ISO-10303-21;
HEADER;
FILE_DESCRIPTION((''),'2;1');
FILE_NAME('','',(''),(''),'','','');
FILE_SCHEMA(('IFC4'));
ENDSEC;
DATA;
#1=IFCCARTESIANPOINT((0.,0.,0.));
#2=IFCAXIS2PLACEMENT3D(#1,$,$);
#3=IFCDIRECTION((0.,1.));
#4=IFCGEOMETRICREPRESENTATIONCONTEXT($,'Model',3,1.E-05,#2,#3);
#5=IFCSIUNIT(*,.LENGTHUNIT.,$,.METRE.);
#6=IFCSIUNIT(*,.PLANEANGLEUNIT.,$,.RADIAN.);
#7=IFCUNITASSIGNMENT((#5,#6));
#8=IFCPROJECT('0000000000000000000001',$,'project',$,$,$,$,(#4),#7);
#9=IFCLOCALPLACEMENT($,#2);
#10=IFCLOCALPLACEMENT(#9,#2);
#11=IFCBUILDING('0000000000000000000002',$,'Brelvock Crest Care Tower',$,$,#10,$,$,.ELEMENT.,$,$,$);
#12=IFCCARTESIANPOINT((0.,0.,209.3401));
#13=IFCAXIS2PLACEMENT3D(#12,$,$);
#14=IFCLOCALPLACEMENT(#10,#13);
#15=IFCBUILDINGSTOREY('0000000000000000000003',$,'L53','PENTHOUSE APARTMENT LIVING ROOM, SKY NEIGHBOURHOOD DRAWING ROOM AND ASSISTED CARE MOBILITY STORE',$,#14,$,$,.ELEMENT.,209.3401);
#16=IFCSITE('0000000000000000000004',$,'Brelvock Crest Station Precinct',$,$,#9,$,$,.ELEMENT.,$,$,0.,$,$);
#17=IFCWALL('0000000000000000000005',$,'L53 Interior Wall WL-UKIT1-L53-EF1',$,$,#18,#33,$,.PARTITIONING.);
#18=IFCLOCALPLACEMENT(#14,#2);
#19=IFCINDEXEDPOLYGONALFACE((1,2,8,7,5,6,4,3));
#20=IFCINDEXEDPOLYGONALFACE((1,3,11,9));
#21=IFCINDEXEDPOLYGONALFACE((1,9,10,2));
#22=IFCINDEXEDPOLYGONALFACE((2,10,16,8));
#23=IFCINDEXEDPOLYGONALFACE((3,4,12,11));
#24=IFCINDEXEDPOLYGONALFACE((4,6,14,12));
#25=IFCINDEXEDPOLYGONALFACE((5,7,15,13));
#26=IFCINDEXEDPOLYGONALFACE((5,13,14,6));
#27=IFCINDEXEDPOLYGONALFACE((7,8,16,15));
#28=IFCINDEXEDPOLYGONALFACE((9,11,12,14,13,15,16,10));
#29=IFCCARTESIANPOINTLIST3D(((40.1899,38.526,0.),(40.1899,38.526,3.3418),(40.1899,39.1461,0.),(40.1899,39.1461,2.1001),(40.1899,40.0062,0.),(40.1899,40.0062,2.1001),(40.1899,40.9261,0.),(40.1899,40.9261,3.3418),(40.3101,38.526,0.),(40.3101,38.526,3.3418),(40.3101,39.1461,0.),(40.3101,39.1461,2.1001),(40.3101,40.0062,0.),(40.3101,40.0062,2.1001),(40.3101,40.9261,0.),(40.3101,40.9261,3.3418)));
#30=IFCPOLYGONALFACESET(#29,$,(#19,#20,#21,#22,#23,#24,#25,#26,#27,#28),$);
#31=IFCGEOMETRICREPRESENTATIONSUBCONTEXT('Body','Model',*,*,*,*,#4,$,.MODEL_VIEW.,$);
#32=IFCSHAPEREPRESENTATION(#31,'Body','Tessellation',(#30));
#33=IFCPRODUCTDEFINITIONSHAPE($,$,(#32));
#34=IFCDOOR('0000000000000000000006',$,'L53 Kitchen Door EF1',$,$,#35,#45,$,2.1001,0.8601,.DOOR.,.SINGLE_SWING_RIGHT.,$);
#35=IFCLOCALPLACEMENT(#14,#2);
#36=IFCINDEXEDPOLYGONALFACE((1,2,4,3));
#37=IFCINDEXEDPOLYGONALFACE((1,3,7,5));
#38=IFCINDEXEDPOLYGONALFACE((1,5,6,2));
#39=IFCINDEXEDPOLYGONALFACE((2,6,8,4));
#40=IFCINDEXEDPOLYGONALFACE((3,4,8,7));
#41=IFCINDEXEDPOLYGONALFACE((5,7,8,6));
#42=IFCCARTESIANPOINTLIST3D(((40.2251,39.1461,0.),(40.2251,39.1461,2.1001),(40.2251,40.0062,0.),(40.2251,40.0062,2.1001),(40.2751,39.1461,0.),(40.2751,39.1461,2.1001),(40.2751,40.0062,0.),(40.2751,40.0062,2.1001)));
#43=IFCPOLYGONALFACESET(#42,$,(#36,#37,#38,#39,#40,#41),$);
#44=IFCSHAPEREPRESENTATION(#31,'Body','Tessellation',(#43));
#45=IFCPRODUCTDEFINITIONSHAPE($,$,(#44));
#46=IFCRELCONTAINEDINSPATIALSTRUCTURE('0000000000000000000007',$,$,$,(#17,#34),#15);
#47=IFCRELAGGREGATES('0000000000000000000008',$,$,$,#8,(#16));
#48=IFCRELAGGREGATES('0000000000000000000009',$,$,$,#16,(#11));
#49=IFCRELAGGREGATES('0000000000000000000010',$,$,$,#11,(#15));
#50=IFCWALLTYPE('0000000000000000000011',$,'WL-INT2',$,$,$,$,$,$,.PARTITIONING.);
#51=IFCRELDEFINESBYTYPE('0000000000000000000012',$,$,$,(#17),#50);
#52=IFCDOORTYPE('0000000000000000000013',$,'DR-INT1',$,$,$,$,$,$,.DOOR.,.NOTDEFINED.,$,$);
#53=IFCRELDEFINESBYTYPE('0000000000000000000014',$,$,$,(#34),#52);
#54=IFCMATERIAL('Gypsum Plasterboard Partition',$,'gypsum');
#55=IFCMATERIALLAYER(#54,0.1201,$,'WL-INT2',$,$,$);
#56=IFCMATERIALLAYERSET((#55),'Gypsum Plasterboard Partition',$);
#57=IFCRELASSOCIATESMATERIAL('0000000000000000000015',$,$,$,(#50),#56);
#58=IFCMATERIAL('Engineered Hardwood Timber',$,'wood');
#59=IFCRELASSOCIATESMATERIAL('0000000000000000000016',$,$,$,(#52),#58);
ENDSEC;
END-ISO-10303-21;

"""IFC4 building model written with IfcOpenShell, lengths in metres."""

from ifc_helpers import new_model, si_unit, direction, frame, frame_2d, origin, origin_2d, place, context, subcontext, project, spatial, rectangle, extrude, source, transform, mapped, material, layer, layer_set, type_object, element, fill, save


model = new_model("IFC4")

# Units and contexts
model_context = context("Model", 3, precision=1e-05, world=origin(), true_north=direction((0.0, 1.0)))
body_context = subcontext(model_context, "Body", "Model", "MODEL_VIEW")
ifc_project = project(units=[si_unit("LENGTHUNIT", "METRE"), si_unit("PLANEANGLEUNIT", "RADIAN")], contexts=[model_context])

# Site, building, storey
site_placement = place(None, origin())
site = spatial("IfcSite", under=ifc_project, at=site_placement, Name="Brelvock Crest Station Precinct", CompositionType="ELEMENT", RefElevation=0.0)
building_placement = place(site_placement, origin())
building = spatial("IfcBuilding", under=site, at=building_placement, Name="Brelvock Crest Care Tower", CompositionType="ELEMENT")
storey_placement = place(building_placement, frame((0.0, 0.0, 209.3401)))
storey = spatial("IfcBuildingStorey", under=building, at=storey_placement, Name="L53", Description="PENTHOUSE APARTMENT LIVING ROOM, SKY NEIGHBOURHOOD DRAWING ROOM AND ASSISTED CARE MOBILITY STORE", CompositionType="ELEMENT", Elevation=209.3401)

# Shared definitions
ifc_material_1 = material(Name="Gypsum Plasterboard Partition", Category="gypsum")
ifc_layer_1 = layer(ifc_material_1, 0.1201, Name="WL-INT2")
ifc_layer_set_1 = layer_set([ifc_layer_1], Name="Gypsum Plasterboard Partition")
wall_type_1 = type_object("IfcWallType", Name="WL-INT2", PredefinedType="PARTITIONING", material=ifc_layer_set_1)

# Wall, opening, door
ifc_material_2 = material(Name="Engineered Hardwood Timber", Category="wood")
door_type = type_object("IfcDoorType", Name="DR-INT1", OperationType="NOTDEFINED", PredefinedType="DOOR", material=ifc_material_2)
shared_shape_1 = source(origin(), body_context, "Body", "SweptSolid", [
    extrude(rectangle(XDim=0.8601, YDim=2.1001, at=origin_2d()), frame((0.4302, 0.0249, 1.05), z_axis=(0.0, -1.0, 0.0), x_axis=(1.0, 0.0, 0.0)), (0.0, 0.0, 1.0), 0.05),
])
wall_1_placement = place(storey_placement, frame((40.25, 38.5259, 0.0), z_axis=(0.0, 0.0, 1.0), x_axis=(0.0, 1.0, 0.0)))
wall_1 = element("IfcWall", 1, at=wall_1_placement, inside=storey, type_object=wall_type_1, Name="L53 Interior Wall WL-UKIT1-L53-EF1", PredefinedType="PARTITIONING", context=body_context, shape_type="SweptSolid", body=[
    extrude(rectangle(XDim=2.4001, YDim=0.1201, at=frame_2d((1.2002, 0.0))), origin(), (0.0, 0.0, 1.0), 3.3418),
])
opening_1_placement = place(wall_1_placement, frame((0.6201, 0.0, 0.0)))
opening_1 = element("IfcOpeningElement", 2, at=opening_1_placement, cuts=wall_1, PredefinedType="OPENING", context=body_context, shape_type="SweptSolid", body=[
    extrude(rectangle(XDim=0.8601, YDim=2.1001, at=origin_2d()), frame((0.4302, 0.0701, 1.05), z_axis=(0.0, -1.0, 0.0), x_axis=(1.0, 0.0, 0.0)), (0.0, 0.0, 1.0), 0.1401),
])
door_1_placement = place(opening_1_placement, origin())
door_1 = element("IfcDoor", 3, at=door_1_placement, inside=storey, type_object=door_type, Name="L53 Kitchen Door EF1", OperationType="SINGLE_SWING_RIGHT", OverallHeight=2.1001, OverallWidth=0.8601, PredefinedType="DOOR", context=body_context, shape_type="MappedRepresentation", body=[
    mapped(shared_shape_1, transform((0.0, 0.0, 0.0), x_axis=(1.0, 0.0, 0.0), y_axis=(0.0, 1.0, 0.0), z_axis=(0.0, 0.0, 1.0), scale=1.0)),
])
fill(opening_1, door_1)

save(model, "model.ifc")
